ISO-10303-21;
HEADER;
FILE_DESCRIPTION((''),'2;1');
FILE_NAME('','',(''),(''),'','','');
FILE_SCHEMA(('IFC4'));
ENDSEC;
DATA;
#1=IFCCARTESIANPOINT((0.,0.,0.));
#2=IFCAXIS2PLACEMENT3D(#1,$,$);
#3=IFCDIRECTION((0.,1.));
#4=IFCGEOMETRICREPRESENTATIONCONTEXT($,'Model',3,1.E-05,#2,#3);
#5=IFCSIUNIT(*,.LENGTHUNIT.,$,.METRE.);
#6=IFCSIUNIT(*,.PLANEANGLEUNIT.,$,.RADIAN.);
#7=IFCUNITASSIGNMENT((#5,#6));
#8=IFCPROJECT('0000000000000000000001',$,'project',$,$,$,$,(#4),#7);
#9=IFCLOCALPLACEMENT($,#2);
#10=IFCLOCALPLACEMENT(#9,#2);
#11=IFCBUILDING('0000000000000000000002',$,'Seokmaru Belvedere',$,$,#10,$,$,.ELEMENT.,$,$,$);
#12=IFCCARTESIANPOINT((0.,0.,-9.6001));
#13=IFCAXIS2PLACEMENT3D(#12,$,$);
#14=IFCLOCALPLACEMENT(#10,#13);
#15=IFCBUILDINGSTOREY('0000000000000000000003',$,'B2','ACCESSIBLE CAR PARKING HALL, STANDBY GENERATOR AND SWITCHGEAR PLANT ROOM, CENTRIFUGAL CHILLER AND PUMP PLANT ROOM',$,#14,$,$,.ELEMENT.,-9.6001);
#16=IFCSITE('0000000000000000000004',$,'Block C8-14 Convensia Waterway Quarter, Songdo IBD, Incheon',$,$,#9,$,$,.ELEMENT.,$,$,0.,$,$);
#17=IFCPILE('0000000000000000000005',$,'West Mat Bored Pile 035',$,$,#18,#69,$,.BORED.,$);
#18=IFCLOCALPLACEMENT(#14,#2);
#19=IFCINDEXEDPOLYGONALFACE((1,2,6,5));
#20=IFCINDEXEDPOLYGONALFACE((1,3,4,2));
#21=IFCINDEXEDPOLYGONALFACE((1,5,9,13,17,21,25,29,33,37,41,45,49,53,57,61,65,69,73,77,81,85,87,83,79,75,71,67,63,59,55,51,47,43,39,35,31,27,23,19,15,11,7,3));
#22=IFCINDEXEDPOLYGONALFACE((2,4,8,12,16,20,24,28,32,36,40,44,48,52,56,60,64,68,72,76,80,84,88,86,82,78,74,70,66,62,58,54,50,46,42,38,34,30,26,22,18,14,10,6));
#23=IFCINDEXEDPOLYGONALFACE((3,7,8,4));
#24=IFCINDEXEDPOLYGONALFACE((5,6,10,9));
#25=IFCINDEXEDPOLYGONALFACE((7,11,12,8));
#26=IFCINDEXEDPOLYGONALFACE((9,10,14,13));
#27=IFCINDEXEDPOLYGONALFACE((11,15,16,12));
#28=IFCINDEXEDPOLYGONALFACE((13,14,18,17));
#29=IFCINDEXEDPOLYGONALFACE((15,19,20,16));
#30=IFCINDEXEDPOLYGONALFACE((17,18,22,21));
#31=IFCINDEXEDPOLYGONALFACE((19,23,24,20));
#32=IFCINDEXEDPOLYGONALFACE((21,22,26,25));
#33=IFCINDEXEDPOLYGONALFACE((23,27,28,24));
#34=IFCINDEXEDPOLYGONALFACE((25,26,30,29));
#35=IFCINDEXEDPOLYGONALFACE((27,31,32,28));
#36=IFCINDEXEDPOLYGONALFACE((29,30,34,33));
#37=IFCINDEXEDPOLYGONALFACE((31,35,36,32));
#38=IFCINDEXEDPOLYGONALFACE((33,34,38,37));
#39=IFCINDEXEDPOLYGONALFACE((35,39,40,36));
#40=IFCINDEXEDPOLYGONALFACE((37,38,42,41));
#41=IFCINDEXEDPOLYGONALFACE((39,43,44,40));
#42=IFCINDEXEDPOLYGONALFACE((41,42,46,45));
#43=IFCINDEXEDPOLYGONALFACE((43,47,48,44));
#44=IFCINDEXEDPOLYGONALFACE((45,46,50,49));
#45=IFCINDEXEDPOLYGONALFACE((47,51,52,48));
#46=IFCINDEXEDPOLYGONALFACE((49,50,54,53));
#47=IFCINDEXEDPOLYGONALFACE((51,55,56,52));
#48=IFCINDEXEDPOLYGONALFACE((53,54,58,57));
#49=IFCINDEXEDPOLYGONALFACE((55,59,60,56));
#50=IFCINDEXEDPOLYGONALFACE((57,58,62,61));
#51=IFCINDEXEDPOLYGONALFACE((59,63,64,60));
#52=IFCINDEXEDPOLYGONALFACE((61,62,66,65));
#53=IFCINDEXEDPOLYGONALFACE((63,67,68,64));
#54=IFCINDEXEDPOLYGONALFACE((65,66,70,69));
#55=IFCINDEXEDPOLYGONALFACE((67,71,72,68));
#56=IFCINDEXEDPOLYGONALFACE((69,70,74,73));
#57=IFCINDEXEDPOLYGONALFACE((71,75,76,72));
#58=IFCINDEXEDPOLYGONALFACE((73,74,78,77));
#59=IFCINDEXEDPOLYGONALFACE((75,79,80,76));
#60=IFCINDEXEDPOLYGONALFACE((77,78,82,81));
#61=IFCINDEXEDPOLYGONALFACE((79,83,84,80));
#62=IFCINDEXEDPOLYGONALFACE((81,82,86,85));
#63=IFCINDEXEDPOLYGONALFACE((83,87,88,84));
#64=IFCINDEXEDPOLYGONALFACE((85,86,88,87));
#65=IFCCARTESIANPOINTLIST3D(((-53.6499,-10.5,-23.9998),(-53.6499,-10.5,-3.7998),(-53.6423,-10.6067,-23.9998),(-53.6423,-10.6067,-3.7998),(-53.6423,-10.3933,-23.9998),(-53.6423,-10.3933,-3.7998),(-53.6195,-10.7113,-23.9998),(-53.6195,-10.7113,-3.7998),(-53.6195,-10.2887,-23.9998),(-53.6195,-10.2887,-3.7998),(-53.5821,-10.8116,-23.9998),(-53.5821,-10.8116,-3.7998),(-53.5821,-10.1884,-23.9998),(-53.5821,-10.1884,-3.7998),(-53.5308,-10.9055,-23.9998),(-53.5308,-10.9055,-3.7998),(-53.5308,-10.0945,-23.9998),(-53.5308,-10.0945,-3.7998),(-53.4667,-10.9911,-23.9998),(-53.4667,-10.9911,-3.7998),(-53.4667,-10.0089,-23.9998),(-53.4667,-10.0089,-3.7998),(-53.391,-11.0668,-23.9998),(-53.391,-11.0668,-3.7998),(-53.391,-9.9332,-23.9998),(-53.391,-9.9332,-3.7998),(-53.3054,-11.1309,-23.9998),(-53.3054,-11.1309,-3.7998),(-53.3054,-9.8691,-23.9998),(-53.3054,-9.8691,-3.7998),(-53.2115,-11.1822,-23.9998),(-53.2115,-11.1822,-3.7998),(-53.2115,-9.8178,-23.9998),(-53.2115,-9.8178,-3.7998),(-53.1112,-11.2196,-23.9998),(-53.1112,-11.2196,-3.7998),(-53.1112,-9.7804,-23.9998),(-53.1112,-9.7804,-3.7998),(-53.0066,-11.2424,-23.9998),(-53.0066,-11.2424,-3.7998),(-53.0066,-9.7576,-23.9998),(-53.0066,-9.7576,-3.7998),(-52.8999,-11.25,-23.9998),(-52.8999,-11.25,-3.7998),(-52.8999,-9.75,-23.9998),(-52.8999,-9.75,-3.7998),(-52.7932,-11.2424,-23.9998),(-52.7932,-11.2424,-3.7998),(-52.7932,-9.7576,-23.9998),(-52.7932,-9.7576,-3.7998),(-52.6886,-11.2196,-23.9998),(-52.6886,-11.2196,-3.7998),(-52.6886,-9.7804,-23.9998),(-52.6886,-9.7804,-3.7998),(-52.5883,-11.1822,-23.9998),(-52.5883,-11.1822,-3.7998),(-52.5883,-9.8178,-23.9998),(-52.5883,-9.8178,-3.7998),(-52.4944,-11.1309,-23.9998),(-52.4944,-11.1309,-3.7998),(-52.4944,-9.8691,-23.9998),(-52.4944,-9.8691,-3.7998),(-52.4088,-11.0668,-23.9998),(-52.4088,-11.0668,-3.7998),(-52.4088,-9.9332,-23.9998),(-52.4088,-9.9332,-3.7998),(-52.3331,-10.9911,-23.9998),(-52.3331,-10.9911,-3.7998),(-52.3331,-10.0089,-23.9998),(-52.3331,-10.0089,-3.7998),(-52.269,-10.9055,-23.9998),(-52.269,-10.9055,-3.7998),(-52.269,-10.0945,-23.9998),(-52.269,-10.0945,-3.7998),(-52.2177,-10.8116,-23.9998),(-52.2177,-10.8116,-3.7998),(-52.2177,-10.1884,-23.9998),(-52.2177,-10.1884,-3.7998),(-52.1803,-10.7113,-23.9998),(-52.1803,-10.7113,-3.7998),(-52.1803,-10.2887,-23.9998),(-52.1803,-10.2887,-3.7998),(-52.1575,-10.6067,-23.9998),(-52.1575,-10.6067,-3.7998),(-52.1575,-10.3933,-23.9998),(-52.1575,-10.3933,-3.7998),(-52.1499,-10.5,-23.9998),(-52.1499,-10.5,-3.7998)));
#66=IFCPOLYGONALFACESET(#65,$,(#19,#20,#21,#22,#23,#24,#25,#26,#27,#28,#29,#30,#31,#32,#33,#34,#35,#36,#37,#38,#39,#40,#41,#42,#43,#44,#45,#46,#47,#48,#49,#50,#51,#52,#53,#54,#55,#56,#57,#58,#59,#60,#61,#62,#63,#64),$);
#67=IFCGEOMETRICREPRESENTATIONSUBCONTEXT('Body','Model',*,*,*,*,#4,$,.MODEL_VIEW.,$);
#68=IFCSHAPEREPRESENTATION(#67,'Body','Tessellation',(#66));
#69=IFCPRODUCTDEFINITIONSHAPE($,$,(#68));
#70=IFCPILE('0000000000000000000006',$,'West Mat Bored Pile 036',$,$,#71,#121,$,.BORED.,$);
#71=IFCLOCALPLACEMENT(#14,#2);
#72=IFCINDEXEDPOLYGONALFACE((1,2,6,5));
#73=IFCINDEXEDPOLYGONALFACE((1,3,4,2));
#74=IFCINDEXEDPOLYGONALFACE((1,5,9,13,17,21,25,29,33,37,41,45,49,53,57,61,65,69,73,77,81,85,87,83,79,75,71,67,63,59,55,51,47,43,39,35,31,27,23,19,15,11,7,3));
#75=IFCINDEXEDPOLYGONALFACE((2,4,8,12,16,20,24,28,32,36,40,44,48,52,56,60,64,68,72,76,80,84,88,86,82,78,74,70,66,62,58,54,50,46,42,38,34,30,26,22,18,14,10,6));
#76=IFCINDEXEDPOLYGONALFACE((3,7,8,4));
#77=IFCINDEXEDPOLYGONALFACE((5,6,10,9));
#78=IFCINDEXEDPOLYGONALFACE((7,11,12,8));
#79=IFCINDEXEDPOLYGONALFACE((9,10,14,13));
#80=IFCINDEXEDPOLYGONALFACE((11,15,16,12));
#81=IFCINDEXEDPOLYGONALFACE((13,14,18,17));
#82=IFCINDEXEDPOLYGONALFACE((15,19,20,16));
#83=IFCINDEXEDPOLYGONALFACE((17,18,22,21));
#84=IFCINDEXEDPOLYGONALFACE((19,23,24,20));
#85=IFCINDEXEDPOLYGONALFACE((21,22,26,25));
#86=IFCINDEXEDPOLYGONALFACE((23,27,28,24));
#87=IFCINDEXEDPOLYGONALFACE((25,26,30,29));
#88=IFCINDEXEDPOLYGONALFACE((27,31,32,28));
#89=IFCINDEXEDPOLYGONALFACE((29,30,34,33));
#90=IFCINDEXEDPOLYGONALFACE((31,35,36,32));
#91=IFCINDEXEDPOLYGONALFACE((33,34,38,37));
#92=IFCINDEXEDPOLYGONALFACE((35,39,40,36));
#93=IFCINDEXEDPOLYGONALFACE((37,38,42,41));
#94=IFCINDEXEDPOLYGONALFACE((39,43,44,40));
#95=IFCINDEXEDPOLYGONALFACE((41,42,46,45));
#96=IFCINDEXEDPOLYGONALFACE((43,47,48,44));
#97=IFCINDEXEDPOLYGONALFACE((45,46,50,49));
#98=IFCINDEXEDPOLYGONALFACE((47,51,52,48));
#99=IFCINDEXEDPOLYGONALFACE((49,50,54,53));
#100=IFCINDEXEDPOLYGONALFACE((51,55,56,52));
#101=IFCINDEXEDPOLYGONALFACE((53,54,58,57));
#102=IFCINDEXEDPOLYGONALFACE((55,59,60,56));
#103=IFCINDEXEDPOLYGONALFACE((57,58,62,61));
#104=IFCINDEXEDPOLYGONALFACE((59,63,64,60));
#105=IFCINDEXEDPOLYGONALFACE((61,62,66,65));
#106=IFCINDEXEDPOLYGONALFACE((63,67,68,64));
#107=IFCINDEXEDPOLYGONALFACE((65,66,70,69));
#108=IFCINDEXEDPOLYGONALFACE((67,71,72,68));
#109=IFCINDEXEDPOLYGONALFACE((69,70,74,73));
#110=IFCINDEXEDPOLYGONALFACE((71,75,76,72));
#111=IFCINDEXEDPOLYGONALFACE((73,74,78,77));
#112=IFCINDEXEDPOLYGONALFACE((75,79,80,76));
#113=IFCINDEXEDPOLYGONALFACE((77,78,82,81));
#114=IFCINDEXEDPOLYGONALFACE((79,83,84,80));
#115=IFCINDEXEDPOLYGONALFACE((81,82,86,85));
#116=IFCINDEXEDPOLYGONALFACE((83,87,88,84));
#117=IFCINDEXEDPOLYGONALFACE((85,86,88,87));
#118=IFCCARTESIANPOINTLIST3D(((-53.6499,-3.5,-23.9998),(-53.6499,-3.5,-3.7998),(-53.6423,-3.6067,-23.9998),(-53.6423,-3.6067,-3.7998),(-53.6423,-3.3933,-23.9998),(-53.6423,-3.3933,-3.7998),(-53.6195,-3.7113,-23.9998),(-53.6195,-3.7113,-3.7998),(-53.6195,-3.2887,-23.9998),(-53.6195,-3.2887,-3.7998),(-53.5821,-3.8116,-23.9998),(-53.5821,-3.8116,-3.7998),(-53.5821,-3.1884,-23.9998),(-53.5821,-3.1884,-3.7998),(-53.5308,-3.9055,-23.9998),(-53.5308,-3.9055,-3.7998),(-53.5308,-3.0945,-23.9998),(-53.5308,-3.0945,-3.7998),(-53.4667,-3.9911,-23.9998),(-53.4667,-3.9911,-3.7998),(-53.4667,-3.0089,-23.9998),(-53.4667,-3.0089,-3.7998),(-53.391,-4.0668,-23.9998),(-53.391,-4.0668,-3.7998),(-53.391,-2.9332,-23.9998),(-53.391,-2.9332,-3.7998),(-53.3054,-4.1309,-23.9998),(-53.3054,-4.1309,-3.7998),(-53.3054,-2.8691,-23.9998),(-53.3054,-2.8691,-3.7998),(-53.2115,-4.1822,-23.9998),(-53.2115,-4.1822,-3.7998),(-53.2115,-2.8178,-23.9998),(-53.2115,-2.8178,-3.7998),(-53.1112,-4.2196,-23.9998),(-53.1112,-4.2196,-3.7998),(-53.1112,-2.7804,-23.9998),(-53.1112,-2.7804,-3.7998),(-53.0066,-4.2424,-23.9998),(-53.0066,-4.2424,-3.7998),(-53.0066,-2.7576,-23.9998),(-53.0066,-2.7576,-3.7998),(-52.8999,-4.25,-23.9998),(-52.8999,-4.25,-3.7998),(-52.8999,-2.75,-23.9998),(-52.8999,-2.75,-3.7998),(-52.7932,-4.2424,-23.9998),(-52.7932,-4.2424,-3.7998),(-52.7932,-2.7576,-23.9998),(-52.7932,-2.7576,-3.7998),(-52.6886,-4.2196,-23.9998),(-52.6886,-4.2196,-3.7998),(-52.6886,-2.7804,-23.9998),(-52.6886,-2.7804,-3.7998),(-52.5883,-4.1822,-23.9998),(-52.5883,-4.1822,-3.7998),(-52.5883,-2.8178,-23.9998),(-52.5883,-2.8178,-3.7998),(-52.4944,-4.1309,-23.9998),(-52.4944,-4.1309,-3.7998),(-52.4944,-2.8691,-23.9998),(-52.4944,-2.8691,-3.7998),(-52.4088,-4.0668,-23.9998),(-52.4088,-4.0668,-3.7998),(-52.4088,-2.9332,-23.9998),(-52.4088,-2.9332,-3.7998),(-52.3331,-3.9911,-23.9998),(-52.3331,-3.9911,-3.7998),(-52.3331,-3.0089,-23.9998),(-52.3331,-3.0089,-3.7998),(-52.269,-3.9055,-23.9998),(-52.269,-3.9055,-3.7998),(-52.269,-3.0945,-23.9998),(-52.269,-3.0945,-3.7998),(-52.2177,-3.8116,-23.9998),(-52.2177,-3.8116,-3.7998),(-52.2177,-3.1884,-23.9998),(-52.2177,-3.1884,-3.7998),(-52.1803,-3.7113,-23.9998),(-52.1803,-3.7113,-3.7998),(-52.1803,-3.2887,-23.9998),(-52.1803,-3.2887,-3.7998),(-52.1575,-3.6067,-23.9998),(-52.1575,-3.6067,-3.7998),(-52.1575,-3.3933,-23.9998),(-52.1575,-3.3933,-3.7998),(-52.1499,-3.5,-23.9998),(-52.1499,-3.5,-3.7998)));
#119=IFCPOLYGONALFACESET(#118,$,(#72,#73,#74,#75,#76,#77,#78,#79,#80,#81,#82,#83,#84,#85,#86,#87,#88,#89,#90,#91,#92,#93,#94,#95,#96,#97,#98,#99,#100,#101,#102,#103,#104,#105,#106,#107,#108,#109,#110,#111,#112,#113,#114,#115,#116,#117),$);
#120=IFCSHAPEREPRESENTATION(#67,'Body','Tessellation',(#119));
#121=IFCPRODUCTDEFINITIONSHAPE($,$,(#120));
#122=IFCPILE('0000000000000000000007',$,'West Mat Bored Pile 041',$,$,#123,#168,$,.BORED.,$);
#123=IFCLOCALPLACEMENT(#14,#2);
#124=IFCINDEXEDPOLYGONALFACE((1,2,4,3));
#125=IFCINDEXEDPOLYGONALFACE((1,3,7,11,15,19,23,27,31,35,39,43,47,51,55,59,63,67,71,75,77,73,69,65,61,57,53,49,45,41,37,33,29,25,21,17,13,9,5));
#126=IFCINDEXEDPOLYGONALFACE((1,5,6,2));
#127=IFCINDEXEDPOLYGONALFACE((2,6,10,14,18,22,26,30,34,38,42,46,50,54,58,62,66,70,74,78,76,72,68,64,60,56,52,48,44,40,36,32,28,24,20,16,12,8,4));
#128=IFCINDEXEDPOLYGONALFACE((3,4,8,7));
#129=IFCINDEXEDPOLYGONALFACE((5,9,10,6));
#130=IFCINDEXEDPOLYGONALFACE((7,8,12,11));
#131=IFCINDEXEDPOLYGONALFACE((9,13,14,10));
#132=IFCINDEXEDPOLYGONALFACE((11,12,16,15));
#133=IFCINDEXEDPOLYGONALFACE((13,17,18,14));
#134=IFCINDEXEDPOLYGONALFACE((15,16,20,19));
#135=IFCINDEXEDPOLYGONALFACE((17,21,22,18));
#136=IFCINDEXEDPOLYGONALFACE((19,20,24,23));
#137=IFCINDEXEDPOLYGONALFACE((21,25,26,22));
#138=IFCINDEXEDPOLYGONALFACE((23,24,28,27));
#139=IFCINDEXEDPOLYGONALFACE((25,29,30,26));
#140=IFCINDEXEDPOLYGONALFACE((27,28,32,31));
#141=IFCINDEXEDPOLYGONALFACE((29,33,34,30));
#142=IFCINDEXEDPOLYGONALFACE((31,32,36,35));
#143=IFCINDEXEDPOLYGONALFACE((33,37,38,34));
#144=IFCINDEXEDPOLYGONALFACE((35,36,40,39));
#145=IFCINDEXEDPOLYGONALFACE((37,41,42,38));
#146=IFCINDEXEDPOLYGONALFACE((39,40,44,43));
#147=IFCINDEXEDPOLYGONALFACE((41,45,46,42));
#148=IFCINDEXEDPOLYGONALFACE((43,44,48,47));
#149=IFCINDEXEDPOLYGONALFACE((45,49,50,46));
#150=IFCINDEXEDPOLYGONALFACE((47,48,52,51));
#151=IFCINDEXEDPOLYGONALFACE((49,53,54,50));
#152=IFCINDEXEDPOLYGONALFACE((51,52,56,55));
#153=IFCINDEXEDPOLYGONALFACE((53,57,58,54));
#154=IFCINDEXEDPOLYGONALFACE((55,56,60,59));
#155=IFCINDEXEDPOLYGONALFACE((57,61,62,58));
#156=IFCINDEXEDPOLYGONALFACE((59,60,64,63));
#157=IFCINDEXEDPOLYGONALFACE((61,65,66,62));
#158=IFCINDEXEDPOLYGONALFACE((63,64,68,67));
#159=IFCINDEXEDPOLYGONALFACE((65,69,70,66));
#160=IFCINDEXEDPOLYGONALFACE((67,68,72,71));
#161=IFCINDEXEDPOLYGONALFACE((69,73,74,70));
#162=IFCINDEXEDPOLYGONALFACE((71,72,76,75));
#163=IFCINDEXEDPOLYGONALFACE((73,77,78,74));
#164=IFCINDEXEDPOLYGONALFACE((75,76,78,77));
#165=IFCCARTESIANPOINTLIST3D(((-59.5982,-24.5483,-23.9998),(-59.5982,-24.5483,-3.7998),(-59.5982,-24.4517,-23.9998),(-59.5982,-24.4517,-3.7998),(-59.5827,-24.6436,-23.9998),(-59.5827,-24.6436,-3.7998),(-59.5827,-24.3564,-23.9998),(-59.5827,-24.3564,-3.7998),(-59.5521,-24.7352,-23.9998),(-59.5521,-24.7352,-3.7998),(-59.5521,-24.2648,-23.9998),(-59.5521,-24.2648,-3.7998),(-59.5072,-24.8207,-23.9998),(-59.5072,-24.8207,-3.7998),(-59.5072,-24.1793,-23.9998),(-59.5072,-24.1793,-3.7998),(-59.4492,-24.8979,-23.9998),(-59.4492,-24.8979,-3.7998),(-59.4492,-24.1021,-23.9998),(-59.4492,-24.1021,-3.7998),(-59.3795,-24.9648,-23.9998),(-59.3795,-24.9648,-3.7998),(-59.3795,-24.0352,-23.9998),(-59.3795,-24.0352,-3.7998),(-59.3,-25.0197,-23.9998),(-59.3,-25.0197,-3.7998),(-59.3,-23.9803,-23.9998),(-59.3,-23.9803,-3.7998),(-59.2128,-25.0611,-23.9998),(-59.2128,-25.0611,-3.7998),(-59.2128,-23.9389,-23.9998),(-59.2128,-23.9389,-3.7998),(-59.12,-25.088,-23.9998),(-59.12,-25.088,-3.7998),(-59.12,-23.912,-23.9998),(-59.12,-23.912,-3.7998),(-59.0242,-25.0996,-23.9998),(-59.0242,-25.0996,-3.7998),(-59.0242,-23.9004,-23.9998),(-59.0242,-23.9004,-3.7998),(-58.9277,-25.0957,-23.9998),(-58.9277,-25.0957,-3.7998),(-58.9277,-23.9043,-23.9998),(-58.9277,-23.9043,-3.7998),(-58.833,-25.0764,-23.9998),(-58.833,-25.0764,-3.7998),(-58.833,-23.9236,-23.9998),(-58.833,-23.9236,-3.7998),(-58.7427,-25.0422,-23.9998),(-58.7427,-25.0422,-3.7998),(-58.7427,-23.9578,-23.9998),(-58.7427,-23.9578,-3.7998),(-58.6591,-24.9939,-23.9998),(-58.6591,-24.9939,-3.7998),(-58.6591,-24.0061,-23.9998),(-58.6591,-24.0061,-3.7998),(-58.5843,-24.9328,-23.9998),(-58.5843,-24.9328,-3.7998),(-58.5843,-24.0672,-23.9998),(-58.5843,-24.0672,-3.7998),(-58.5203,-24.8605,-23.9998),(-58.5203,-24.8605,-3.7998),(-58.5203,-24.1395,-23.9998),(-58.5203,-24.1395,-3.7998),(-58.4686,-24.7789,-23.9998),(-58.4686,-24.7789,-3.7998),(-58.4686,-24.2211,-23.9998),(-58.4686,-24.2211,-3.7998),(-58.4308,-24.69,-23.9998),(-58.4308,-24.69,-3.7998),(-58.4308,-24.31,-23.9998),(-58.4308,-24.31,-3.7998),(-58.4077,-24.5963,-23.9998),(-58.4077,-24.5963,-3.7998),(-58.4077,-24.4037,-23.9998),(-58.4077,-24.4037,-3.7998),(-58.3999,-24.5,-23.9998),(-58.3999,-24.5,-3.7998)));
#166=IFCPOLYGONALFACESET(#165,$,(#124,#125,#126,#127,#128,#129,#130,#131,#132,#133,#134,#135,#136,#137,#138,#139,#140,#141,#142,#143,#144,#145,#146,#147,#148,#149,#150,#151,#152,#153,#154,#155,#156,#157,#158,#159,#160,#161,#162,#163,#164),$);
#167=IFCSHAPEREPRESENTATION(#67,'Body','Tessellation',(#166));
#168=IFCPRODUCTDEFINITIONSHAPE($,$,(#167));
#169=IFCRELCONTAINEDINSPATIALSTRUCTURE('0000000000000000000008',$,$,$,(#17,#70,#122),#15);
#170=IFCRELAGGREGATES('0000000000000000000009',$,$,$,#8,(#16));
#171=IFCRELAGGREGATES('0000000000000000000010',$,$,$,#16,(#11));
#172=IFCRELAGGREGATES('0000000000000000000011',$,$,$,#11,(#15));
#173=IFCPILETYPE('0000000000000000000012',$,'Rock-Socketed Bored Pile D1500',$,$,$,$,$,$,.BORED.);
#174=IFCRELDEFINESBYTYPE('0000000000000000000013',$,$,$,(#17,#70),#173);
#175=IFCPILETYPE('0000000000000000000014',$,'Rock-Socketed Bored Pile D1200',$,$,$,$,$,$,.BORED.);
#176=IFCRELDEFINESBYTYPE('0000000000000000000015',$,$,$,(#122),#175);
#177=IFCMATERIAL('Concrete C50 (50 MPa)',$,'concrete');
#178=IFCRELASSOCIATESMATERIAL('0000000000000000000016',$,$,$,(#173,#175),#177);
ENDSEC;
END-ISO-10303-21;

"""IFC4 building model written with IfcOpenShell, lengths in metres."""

from ifc_helpers import new_model, si_unit, direction, frame, origin, origin_2d, place, context, subcontext, project, spatial, circle, extrude, source, transform, mapped, material, material_profile, profile_set, type_object, type_shapes, element, save


model = new_model("IFC4")

# Units and contexts
model_context = context("Model", 3, precision=1e-05, world=origin(), true_north=direction((0.0, 1.0)))
body_context = subcontext(model_context, "Body", "Model", "MODEL_VIEW")
ifc_project = project(units=[si_unit("LENGTHUNIT", "METRE"), si_unit("PLANEANGLEUNIT", "RADIAN")], contexts=[model_context])

# Site, building, storey
site_placement = place(None, origin())
site = spatial("IfcSite", under=ifc_project, at=site_placement, Name="Block C8-14 Convensia Waterway Quarter, Songdo IBD, Incheon", CompositionType="ELEMENT", RefElevation=0.0)
building_placement = place(site_placement, origin())
building = spatial("IfcBuilding", under=site, at=building_placement, Name="Seokmaru Belvedere", CompositionType="ELEMENT")
storey_placement = place(building_placement, frame((0.0, 0.0, -9.6001)))
storey = spatial("IfcBuildingStorey", under=building, at=storey_placement, Name="B2", Description="ACCESSIBLE CAR PARKING HALL, STANDBY GENERATOR AND SWITCHGEAR PLANT ROOM, CENTRIFUGAL CHILLER AND PUMP PLANT ROOM", CompositionType="ELEMENT", Elevation=-9.6001)

# Piles
ifc_material_1 = material(Name="Concrete C50 (50 MPa)", Category="concrete")
ifc_material_profile_1 = material_profile(ifc_material_1, circle(Radius=0.75, at=origin_2d()), Name="PILE-D1500")
ifc_profile_set_1 = profile_set([ifc_material_profile_1], Name="Concrete C50 (50 MPa)")
pile_type_1 = type_object("IfcPileType", Name="Rock-Socketed Bored Pile D1500", PredefinedType="BORED", material=ifc_profile_set_1)
shared_shape_1 = source(origin(), body_context, "Body", "SweptSolid", [
    extrude(circle(Radius=0.75, at=origin_2d()), origin(), (0.0, 0.0, 1.0), 20.2),
])
type_shapes(pile_type_1, [shared_shape_1])
for number, where, z_axis, x_axis, name in (
    (1, (-52.8999, -10.5, -3.7998), (0.0, 0.0, -1.0), (1.0, 0.0, 0.0), "West Mat Bored Pile 035"),
    (2, (-52.8999, -3.5, -3.7998), (0.0, 0.0, -1.0), (1.0, 0.0, 0.0), "West Mat Bored Pile 036"),
):
    element("IfcPile", number, at=place(storey_placement, frame(where, z_axis=z_axis, x_axis=x_axis)), inside=storey, type_object=pile_type_1, Name=name, PredefinedType="BORED", context=body_context, shape_type="MappedRepresentation", body=[
        mapped(shared_shape_1, transform((0.0, 0.0, 0.0), scale=1.0)),
    ])
ifc_material_profile_2 = material_profile(ifc_material_1, circle(Radius=0.6001, at=origin_2d()), Name="PILE-D1200")
ifc_profile_set_2 = profile_set([ifc_material_profile_2], Name="Concrete C50 (50 MPa)")
pile_type_2 = type_object("IfcPileType", Name="Rock-Socketed Bored Pile D1200", PredefinedType="BORED", material=ifc_profile_set_2)
shared_shape_2 = source(origin(), body_context, "Body", "SweptSolid", [
    extrude(circle(Radius=0.6001, at=origin_2d()), origin(), (0.0, 0.0, 1.0), 20.2),
])
type_shapes(pile_type_2, [shared_shape_2])
for number, where, z_axis, x_axis, name in (
    (3, (-59.0, -24.5, -3.7998), (0.0, 0.0, -1.0), (1.0, 0.0, 0.0), "West Mat Bored Pile 041"),
):
    element("IfcPile", number, at=place(storey_placement, frame(where, z_axis=z_axis, x_axis=x_axis)), inside=storey, type_object=pile_type_2, Name=name, PredefinedType="BORED", context=body_context, shape_type="MappedRepresentation", body=[
        mapped(shared_shape_2, transform((0.0, 0.0, 0.0), scale=1.0)),
    ])

save(model, "model.ifc")
